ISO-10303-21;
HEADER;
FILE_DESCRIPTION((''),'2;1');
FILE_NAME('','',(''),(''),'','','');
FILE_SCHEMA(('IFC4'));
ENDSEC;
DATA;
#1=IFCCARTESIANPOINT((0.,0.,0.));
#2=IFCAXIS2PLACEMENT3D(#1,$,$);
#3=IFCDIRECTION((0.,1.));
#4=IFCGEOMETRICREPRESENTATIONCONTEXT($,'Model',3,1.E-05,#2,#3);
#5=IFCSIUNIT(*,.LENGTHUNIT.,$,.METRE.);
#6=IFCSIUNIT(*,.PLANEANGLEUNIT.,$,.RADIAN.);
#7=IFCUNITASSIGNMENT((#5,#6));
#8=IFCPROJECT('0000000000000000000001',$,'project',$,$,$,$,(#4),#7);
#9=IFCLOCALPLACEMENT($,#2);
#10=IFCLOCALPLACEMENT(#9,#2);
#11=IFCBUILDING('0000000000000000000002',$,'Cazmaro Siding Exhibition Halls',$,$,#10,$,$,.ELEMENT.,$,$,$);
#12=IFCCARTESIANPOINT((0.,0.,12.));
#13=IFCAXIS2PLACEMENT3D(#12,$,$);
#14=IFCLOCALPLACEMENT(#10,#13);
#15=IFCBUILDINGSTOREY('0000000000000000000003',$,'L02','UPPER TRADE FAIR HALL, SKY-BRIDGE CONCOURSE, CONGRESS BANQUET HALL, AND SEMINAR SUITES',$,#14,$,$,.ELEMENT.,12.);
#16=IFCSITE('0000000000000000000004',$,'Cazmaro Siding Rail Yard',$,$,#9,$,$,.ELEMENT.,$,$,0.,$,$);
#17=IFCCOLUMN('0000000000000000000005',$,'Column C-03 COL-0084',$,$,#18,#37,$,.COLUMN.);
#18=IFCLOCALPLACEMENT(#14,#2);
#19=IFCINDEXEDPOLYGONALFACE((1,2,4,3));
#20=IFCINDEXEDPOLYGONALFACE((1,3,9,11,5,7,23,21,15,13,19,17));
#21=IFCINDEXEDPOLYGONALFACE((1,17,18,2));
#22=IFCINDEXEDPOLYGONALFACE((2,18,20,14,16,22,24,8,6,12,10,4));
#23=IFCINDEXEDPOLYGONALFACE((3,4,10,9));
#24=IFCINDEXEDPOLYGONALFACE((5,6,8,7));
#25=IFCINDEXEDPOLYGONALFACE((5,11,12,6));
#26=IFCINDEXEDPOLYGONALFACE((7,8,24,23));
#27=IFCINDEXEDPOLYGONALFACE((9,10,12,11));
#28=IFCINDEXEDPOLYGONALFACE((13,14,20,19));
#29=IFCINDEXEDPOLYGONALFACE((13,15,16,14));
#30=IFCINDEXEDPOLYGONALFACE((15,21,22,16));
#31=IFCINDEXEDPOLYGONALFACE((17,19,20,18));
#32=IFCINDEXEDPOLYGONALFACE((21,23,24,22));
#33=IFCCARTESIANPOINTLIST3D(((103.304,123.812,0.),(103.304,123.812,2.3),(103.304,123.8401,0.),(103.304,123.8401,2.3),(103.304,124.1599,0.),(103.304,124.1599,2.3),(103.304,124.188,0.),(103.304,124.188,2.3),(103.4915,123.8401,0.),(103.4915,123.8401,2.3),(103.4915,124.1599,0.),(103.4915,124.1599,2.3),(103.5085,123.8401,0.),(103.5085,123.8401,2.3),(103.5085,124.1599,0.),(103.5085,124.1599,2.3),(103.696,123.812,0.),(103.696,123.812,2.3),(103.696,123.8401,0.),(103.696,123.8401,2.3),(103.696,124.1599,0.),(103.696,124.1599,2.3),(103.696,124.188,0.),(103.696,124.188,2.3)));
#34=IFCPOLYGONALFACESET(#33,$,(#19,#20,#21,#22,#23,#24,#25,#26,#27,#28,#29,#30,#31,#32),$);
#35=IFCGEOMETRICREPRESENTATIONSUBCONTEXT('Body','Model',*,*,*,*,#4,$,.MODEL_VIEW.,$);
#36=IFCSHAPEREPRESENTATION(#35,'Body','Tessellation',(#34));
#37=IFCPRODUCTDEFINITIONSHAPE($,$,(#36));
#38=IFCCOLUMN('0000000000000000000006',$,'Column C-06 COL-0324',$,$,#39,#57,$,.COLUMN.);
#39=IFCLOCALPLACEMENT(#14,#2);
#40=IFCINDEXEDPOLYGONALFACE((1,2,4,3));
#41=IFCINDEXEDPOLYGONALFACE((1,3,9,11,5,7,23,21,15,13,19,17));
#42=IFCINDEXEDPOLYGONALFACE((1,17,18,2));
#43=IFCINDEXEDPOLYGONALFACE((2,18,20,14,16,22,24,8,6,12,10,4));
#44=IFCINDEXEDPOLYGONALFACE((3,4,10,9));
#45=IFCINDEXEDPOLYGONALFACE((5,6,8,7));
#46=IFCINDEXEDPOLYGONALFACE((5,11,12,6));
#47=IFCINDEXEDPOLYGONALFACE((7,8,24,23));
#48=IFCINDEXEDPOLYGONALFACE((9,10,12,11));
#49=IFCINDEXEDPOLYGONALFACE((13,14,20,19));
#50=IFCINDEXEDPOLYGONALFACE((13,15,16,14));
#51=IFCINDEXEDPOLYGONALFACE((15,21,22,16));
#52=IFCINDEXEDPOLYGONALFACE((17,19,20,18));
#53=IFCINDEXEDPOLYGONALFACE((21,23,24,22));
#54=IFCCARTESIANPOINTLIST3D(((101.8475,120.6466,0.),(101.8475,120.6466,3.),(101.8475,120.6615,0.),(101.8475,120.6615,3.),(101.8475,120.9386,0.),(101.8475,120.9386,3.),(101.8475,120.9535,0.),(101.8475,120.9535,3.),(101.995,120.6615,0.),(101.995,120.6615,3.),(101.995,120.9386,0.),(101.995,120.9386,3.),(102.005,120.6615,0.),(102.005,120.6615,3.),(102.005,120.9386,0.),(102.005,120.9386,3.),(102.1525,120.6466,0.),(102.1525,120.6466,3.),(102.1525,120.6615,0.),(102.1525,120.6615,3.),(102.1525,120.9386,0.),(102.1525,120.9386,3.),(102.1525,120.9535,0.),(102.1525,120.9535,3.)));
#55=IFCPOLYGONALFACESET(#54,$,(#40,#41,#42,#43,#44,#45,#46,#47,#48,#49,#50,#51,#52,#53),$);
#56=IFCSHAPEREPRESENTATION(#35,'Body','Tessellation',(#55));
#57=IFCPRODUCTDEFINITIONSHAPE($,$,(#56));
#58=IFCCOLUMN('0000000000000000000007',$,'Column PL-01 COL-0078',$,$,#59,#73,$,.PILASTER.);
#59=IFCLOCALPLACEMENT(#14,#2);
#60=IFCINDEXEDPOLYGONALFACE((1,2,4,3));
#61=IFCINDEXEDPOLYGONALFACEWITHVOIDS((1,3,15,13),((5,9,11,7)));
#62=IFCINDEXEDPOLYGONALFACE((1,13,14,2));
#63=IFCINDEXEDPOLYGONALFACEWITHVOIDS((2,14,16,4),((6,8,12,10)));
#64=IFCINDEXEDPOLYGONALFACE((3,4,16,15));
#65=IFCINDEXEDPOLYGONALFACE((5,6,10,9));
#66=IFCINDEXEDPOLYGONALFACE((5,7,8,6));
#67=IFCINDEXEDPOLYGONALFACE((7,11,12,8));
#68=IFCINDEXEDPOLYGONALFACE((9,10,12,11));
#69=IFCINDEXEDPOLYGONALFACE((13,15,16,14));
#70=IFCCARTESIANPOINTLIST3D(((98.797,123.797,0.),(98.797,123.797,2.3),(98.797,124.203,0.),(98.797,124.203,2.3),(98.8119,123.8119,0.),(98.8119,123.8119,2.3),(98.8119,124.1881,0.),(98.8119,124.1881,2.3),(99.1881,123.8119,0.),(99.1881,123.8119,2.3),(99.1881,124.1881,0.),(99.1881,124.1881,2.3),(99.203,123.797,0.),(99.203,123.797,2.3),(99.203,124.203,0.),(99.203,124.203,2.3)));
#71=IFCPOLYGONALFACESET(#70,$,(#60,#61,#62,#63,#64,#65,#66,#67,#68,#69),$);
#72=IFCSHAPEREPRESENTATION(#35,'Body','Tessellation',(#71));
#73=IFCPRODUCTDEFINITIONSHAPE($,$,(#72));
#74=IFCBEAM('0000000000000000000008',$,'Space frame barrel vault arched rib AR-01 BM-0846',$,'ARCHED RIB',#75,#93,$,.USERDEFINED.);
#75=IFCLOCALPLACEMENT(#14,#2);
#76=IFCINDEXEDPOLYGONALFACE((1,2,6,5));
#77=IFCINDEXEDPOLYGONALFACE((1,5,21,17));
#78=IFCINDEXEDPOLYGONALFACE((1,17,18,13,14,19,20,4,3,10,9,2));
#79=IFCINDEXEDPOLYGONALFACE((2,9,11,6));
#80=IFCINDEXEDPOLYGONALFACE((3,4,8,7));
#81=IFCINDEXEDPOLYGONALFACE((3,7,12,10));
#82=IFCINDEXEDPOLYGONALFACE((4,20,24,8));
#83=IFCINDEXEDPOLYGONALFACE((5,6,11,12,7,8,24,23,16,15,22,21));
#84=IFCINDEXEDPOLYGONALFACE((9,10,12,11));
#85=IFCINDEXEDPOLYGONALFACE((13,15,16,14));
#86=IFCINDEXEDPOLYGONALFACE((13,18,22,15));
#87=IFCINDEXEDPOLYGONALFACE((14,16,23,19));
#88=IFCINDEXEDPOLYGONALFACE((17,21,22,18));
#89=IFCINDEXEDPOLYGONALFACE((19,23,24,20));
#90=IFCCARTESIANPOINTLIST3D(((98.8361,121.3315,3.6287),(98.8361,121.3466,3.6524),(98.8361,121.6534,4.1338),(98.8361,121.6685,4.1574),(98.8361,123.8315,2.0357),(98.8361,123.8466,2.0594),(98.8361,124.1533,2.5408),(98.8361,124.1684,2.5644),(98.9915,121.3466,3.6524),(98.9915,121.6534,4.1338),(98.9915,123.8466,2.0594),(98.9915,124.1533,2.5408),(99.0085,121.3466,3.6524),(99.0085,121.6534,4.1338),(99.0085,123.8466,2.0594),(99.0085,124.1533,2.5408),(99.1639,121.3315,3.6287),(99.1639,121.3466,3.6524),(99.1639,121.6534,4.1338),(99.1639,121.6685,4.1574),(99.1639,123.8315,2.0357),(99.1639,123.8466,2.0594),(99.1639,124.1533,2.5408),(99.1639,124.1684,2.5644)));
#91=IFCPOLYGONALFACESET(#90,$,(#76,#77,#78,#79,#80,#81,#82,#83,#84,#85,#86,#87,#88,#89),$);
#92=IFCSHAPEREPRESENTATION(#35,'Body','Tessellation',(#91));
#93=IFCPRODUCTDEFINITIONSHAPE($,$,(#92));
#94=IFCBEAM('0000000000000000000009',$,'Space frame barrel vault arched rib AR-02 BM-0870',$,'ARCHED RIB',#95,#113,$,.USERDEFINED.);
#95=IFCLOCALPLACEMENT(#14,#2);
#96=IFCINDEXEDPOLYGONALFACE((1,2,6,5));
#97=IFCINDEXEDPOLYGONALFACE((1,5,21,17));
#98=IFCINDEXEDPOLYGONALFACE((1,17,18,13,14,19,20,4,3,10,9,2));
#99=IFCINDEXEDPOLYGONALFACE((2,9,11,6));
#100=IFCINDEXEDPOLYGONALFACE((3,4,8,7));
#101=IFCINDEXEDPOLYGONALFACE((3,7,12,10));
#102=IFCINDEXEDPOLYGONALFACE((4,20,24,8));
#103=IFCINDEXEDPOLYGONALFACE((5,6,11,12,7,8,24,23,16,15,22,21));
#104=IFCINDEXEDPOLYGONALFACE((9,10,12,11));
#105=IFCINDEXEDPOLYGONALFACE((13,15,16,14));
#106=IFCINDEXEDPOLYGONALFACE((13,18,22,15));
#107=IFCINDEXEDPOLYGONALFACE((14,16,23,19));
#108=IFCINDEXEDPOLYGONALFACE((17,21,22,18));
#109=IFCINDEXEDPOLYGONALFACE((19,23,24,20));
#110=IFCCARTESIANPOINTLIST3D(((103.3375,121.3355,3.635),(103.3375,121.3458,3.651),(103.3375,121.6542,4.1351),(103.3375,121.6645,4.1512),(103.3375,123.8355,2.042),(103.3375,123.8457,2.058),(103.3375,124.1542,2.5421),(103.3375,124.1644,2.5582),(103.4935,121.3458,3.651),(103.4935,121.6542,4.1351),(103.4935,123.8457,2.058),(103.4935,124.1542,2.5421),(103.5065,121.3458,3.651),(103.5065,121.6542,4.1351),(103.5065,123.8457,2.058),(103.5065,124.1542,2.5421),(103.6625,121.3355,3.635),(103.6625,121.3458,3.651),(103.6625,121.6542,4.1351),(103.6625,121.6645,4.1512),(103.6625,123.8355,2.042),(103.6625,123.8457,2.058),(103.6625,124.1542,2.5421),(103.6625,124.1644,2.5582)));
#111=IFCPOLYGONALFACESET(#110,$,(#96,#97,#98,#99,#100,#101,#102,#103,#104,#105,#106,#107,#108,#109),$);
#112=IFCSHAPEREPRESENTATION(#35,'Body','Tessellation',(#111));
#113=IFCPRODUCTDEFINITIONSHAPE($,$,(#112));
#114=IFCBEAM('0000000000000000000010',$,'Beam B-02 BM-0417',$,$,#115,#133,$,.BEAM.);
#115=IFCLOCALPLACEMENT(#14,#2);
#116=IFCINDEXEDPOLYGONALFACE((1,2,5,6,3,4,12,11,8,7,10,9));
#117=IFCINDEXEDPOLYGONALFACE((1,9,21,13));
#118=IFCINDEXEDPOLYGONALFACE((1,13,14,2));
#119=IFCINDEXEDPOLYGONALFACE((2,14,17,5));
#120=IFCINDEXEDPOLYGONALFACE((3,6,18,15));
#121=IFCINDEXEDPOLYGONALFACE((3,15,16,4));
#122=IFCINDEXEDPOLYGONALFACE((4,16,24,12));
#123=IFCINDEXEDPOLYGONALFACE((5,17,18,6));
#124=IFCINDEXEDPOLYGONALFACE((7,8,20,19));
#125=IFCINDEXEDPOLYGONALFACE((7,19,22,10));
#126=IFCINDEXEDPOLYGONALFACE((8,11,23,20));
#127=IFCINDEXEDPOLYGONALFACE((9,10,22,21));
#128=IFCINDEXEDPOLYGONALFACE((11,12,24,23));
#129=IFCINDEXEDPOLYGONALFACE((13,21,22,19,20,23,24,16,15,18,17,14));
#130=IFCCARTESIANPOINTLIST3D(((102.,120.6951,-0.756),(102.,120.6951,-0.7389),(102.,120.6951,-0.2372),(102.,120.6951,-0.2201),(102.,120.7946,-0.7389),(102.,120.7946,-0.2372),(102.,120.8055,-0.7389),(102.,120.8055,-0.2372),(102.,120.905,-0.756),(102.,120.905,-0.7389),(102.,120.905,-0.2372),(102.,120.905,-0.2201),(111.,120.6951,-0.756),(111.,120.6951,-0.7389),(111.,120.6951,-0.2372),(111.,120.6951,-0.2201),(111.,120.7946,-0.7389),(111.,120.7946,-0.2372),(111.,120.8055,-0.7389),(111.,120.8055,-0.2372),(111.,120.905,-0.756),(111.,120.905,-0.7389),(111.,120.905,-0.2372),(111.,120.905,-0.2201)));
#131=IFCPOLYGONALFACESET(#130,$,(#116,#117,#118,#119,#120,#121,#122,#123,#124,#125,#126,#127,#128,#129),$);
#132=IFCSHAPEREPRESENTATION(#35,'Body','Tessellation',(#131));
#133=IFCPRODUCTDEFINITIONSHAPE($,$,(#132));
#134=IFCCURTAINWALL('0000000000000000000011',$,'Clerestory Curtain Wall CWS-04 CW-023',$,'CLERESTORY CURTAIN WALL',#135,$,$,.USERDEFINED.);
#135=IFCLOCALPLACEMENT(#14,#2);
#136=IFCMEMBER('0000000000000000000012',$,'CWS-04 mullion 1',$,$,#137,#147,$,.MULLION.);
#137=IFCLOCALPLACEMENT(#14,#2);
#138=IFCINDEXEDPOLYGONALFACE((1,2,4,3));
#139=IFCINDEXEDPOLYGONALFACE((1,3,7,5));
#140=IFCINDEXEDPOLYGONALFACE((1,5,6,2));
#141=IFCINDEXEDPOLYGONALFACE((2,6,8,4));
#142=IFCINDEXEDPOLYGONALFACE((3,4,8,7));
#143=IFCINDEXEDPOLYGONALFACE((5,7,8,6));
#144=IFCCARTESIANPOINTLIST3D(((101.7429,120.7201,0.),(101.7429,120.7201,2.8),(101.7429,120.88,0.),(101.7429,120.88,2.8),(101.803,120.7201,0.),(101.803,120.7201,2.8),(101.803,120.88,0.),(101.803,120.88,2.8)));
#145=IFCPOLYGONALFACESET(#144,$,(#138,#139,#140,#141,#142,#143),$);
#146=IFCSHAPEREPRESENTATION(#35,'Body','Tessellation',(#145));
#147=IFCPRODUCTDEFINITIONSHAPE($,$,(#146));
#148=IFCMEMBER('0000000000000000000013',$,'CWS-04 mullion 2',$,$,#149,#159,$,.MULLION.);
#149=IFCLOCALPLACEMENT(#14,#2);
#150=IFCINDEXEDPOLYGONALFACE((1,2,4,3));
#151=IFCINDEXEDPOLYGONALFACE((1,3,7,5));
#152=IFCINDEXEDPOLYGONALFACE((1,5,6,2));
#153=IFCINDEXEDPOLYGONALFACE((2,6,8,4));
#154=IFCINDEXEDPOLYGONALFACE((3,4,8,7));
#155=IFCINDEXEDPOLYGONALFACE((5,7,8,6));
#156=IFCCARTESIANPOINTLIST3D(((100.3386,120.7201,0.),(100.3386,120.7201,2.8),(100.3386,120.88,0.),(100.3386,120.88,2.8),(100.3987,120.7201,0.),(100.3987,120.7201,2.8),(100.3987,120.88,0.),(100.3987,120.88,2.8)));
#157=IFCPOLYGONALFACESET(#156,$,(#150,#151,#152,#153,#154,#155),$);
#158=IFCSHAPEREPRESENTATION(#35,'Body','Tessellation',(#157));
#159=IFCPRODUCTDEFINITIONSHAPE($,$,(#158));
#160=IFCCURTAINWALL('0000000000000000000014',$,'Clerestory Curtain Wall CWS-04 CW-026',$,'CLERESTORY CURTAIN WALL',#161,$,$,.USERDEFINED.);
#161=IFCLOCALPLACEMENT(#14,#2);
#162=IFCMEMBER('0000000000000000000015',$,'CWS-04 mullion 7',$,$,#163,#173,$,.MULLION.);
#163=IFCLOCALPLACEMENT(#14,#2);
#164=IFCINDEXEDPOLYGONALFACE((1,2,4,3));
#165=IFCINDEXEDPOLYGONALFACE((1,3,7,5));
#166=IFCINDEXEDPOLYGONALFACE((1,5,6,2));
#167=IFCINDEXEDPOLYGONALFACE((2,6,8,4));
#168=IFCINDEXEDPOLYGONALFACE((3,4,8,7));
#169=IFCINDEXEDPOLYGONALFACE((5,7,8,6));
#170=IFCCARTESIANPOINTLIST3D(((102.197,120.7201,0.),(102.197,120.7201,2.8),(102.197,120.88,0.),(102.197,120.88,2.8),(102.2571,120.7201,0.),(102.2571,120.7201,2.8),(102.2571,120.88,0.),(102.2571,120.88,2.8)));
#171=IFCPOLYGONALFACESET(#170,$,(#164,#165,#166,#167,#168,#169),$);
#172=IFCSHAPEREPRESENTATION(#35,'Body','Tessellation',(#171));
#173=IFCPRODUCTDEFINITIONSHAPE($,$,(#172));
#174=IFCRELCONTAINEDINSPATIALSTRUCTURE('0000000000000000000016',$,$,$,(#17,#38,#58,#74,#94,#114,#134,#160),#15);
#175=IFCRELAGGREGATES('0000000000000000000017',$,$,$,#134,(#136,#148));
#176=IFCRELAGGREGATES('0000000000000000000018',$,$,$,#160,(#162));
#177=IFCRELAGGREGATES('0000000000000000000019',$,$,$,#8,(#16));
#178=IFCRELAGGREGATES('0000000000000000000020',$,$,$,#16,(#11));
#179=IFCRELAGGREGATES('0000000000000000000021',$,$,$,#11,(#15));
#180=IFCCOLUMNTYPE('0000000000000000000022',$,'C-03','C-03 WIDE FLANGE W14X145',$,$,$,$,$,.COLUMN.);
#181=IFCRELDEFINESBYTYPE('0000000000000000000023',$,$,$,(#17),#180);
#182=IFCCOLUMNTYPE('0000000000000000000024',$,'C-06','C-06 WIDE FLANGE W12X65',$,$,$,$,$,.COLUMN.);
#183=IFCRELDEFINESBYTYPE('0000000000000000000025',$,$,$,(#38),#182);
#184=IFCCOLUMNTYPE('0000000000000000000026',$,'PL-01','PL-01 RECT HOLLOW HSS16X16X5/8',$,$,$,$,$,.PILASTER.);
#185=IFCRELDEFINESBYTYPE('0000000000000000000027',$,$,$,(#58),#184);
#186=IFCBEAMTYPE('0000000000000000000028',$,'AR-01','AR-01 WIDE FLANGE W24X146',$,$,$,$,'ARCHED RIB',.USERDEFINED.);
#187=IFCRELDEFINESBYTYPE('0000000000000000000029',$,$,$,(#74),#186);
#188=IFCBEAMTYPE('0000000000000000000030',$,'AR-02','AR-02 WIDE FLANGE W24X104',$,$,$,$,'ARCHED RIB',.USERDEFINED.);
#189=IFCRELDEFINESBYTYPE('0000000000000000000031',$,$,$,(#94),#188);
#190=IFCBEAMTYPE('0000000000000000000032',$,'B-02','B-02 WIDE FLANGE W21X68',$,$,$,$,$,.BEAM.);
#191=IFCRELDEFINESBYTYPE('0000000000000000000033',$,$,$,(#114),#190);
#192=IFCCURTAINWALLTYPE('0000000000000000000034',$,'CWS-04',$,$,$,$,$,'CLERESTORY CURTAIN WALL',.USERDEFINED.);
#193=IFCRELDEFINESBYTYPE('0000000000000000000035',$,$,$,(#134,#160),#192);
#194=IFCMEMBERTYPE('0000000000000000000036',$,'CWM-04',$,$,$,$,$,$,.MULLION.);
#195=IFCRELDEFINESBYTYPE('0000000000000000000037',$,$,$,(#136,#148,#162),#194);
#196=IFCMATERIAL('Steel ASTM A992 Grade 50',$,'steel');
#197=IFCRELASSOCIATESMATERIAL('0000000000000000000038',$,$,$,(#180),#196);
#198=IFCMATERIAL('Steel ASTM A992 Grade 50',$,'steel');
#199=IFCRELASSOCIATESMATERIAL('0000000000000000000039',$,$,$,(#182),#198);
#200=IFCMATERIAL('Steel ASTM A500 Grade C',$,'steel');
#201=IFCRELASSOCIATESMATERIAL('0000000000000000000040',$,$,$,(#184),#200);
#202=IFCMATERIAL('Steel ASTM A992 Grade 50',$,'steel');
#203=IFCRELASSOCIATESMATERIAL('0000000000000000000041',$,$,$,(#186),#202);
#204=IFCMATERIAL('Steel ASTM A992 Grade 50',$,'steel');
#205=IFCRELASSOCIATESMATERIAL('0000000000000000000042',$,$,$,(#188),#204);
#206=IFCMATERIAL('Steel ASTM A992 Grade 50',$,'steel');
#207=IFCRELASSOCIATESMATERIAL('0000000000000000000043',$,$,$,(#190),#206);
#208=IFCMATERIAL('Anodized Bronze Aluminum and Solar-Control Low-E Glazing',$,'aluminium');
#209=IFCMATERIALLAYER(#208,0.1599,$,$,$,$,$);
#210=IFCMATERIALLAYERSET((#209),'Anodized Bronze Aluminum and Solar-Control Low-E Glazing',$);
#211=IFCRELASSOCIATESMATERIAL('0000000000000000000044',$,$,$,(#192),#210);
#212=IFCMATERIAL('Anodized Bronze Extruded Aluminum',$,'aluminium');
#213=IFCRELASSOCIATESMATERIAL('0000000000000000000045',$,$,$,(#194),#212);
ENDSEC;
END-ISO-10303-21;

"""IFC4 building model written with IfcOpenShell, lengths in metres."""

from ifc_helpers import new_model, si_unit, direction, frame, origin, origin_2d, place, context, subcontext, project, spatial, rectangle, hollow_rectangle, i_section, extrude, material, layer, layer_set, material_profile, profile_set, type_object, element, aggregate, save


model = new_model("IFC4")

# Units and contexts
model_context = context("Model", 3, precision=1e-05, world=origin(), true_north=direction((0.0, 1.0)))
body_context = subcontext(model_context, "Body", "Model", "MODEL_VIEW")
ifc_project = project(units=[si_unit("LENGTHUNIT", "METRE"), si_unit("PLANEANGLEUNIT", "RADIAN")], contexts=[model_context])

# Site, building, storey
site_placement = place(None, origin())
site = spatial("IfcSite", under=ifc_project, at=site_placement, Name="Cazmaro Siding Rail Yard", CompositionType="ELEMENT", RefElevation=0.0)
building_placement = place(site_placement, origin())
building = spatial("IfcBuilding", under=site, at=building_placement, Name="Cazmaro Siding Exhibition Halls", CompositionType="ELEMENT")
storey_placement = place(building_placement, frame((0.0, 0.0, 12.0)))
storey = spatial("IfcBuildingStorey", under=building, at=storey_placement, Name="L02", Description="UPPER TRADE FAIR HALL, SKY-BRIDGE CONCOURSE, CONGRESS BANQUET HALL, AND SEMINAR SUITES", CompositionType="ELEMENT", Elevation=12.0)

# Columns
ifc_material_1 = material(Name="Steel ASTM A992 Grade 50", Category="steel")
ifc_material_profile_1 = material_profile(ifc_material_1, i_section(OverallWidth=0.3921, OverallDepth=0.376, WebThickness=0.0171, FlangeThickness=0.0281, at=origin_2d()), Name="W14X145")
ifc_profile_set_1 = profile_set([ifc_material_profile_1], Name="Steel ASTM A992 Grade 50")
column_type_1 = type_object("IfcColumnType", Name="C-03", Description="C-03 WIDE FLANGE W14X145", PredefinedType="COLUMN", material=ifc_profile_set_1)
column_1_placement = place(storey_placement, frame((103.5, 124.0, 0.0), z_axis=(0.0, 0.0, 1.0), x_axis=(1.0, 0.0, 0.0)))
element("IfcColumn", 1, at=column_1_placement, inside=storey, type_object=column_type_1, Name="Column C-03 COL-0084", PredefinedType="COLUMN", context=body_context, shape_type="SweptSolid", body=[
    extrude(i_section(OverallWidth=0.3921, OverallDepth=0.376, WebThickness=0.0171, FlangeThickness=0.0281, at=origin_2d()), origin(), (0.0, 0.0, 1.0), 2.3),
])
ifc_material_2 = material(Name="Steel ASTM A992 Grade 50", Category="steel")
ifc_material_profile_2 = material_profile(ifc_material_2, i_section(OverallWidth=0.3049, OverallDepth=0.3069, WebThickness=0.01, FlangeThickness=0.0149, at=origin_2d()), Name="W12X65")
ifc_profile_set_2 = profile_set([ifc_material_profile_2], Name="Steel ASTM A992 Grade 50")
column_type_2 = type_object("IfcColumnType", Name="C-06", Description="C-06 WIDE FLANGE W12X65", PredefinedType="COLUMN", material=ifc_profile_set_2)
column_2_placement = place(storey_placement, frame((102.0, 120.8, 0.0), z_axis=(0.0, 0.0, 1.0), x_axis=(1.0, 0.0, 0.0)))
element("IfcColumn", 2, at=column_2_placement, inside=storey, type_object=column_type_2, Name="Column C-06 COL-0324", PredefinedType="COLUMN", context=body_context, shape_type="SweptSolid", body=[
    extrude(i_section(OverallWidth=0.3049, OverallDepth=0.3069, WebThickness=0.01, FlangeThickness=0.0149, at=origin_2d()), origin(), (0.0, 0.0, 1.0), 3.0),
])
ifc_material_3 = material(Name="Steel ASTM A500 Grade C", Category="steel")
ifc_material_profile_3 = material_profile(ifc_material_3, hollow_rectangle(XDim=0.406, YDim=0.406, WallThickness=0.0149, at=origin_2d()), Name="HSS16X16X5/8")
ifc_profile_set_3 = profile_set([ifc_material_profile_3], Name="Steel ASTM A500 Grade C")
column_type_3 = type_object("IfcColumnType", Name="PL-01", Description="PL-01 RECT HOLLOW HSS16X16X5/8", PredefinedType="PILASTER", material=ifc_profile_set_3)
column_3_placement = place(storey_placement, frame((99.0, 124.0, 0.0), z_axis=(0.0, 0.0, 1.0), x_axis=(1.0, 0.0, 0.0)))
element("IfcColumn", 3, at=column_3_placement, inside=storey, type_object=column_type_3, Name="Column PL-01 COL-0078", PredefinedType="PILASTER", context=body_context, shape_type="SweptSolid", body=[
    extrude(hollow_rectangle(XDim=0.406, YDim=0.406, WallThickness=0.0149, at=origin_2d()), origin(), (0.0, 0.0, 1.0), 2.3),
])

# Beams
ifc_material_4 = material(Name="Steel ASTM A992 Grade 50", Category="steel")
ifc_material_profile_4 = material_profile(ifc_material_4, i_section(OverallWidth=0.3279, OverallDepth=0.627, WebThickness=0.0171, FlangeThickness=0.0281, at=origin_2d()), Name="W24X146")
ifc_profile_set_4 = profile_set([ifc_material_profile_4], Name="Steel ASTM A992 Grade 50")
beam_type_1 = type_object("IfcBeamType", Name="AR-01", Description="AR-01 WIDE FLANGE W24X146", ElementType="ARCHED RIB", PredefinedType="USERDEFINED", material=ifc_profile_set_4)
beam_1_placement = place(storey_placement, frame((99.0, 121.5, 3.8931), z_axis=(0.0, 0.843339, -0.537382), x_axis=(-1.0, 0.0, 0.0)))
element("IfcBeam", 4, at=beam_1_placement, inside=storey, type_object=beam_type_1, Name="Space frame barrel vault arched rib AR-01 BM-0846", ObjectType="ARCHED RIB", PredefinedType="USERDEFINED", context=body_context, shape_type="SweptSolid", body=[
    extrude(i_section(OverallWidth=0.3279, OverallDepth=0.627, WebThickness=0.0171, FlangeThickness=0.0281, at=origin_2d()), origin(), (0.0, 0.0, 1.0), 2.9644),
])
ifc_material_5 = material(Name="Steel ASTM A992 Grade 50", Category="steel")
ifc_material_profile_5 = material_profile(ifc_material_5, i_section(OverallWidth=0.325, OverallDepth=0.6121, WebThickness=0.0129, FlangeThickness=0.019, at=origin_2d()), Name="W24X104")
ifc_profile_set_5 = profile_set([ifc_material_profile_5], Name="Steel ASTM A992 Grade 50")
beam_type_2 = type_object("IfcBeamType", Name="AR-02", Description="AR-02 WIDE FLANGE W24X104", ElementType="ARCHED RIB", PredefinedType="USERDEFINED", material=ifc_profile_set_5)
beam_2_placement = place(storey_placement, frame((103.5, 121.5, 3.8931), z_axis=(0.0, 0.843339, -0.537382), x_axis=(-1.0, 0.0, 0.0)))
element("IfcBeam", 5, at=beam_2_placement, inside=storey, type_object=beam_type_2, Name="Space frame barrel vault arched rib AR-02 BM-0870", ObjectType="ARCHED RIB", PredefinedType="USERDEFINED", context=body_context, shape_type="SweptSolid", body=[
    extrude(i_section(OverallWidth=0.325, OverallDepth=0.6121, WebThickness=0.0129, FlangeThickness=0.019, at=origin_2d()), origin(), (0.0, 0.0, 1.0), 2.9644),
])
ifc_material_6 = material(Name="Steel ASTM A992 Grade 50", Category="steel")
ifc_material_profile_6 = material_profile(ifc_material_6, i_section(OverallWidth=0.21, OverallDepth=0.5359, WebThickness=0.011, FlangeThickness=0.0171, at=origin_2d()), Name="W21X68")
ifc_profile_set_6 = profile_set([ifc_material_profile_6], Name="Steel ASTM A992 Grade 50")
beam_type_3 = type_object("IfcBeamType", Name="B-02", Description="B-02 WIDE FLANGE W21X68", PredefinedType="BEAM", material=ifc_profile_set_6)
beam_3_placement = place(storey_placement, frame((102.0, 120.8, -0.488), z_axis=(1.0, 0.0, 0.0), x_axis=(0.0, 1.0, 0.0)))
element("IfcBeam", 6, at=beam_3_placement, inside=storey, type_object=beam_type_3, Name="Beam B-02 BM-0417", PredefinedType="BEAM", context=body_context, shape_type="SweptSolid", body=[
    extrude(i_section(OverallWidth=0.21, OverallDepth=0.5359, WebThickness=0.011, FlangeThickness=0.0171, at=origin_2d()), origin(), (0.0, 0.0, 1.0), 9.0),
])

# Curtain wall, members
ifc_material_7 = material(Name="Anodized Bronze Aluminum and Solar-Control Low-E Glazing", Category="aluminium")
ifc_layer_1 = layer(ifc_material_7, 0.1599)
ifc_layer_set_1 = layer_set([ifc_layer_1], Name="Anodized Bronze Aluminum and Solar-Control Low-E Glazing")
curtain_wall_type = type_object("IfcCurtainWallType", Name="CWS-04", ElementType="CLERESTORY CURTAIN WALL", PredefinedType="USERDEFINED", material=ifc_layer_set_1)
curtain_wall_1_placement = place(storey_placement, origin())
curtain_wall_1 = element("IfcCurtainWall", 7, at=curtain_wall_1_placement, inside=storey, type_object=curtain_wall_type, Name="Clerestory Curtain Wall CWS-04 CW-023", ObjectType="CLERESTORY CURTAIN WALL", PredefinedType="USERDEFINED")
ifc_material_8 = material(Name="Anodized Bronze Extruded Aluminum", Category="aluminium")
ifc_material_profile_7 = material_profile(ifc_material_8, rectangle(XDim=0.1599, YDim=0.0601, at=origin_2d()), Name="CWM-04")
ifc_profile_set_7 = profile_set([ifc_material_profile_7], Name="Anodized Bronze Extruded Aluminum")
member_type_1 = type_object("IfcMemberType", Name="CWM-04", PredefinedType="MULLION", material=ifc_profile_set_7)
member_1_placement = place(storey_placement, frame((101.7729, 120.8, 0.0), z_axis=(0.0, 0.0, 1.0), x_axis=(0.0, -1.0, 0.0)))
member_1 = element("IfcMember", 8, at=member_1_placement, type_object=member_type_1, Name="CWS-04 mullion 1", PredefinedType="MULLION", context=body_context, shape_type="SweptSolid", body=[
    extrude(rectangle(XDim=0.1599, YDim=0.0601, at=origin_2d()), origin(), (0.0, 0.0, 1.0), 2.8),
])
member_2_placement = place(storey_placement, frame((100.3687, 120.8, 0.0), z_axis=(0.0, 0.0, 1.0), x_axis=(0.0, -1.0, 0.0)))
member_2 = element("IfcMember", 9, at=member_2_placement, type_object=member_type_1, Name="CWS-04 mullion 2", PredefinedType="MULLION", context=body_context, shape_type="SweptSolid", body=[
    extrude(rectangle(XDim=0.1599, YDim=0.0601, at=origin_2d()), origin(), (0.0, 0.0, 1.0), 2.8),
])

# Curtain wall, member
curtain_wall_2_placement = place(storey_placement, origin())
curtain_wall_2 = element("IfcCurtainWall", 10, at=curtain_wall_2_placement, inside=storey, type_object=curtain_wall_type, Name="Clerestory Curtain Wall CWS-04 CW-026", ObjectType="CLERESTORY CURTAIN WALL", PredefinedType="USERDEFINED")
member_3_placement = place(storey_placement, frame((102.2271, 120.8, 0.0), z_axis=(0.0, 0.0, 1.0), x_axis=(0.0, -1.0, 0.0)))
member_3 = element("IfcMember", 11, at=member_3_placement, type_object=member_type_1, Name="CWS-04 mullion 7", PredefinedType="MULLION", context=body_context, shape_type="SweptSolid", body=[
    extrude(rectangle(XDim=0.1599, YDim=0.0601, at=origin_2d()), origin(), (0.0, 0.0, 1.0), 2.8),
])

aggregate(curtain_wall_1, [member_1, member_2])
aggregate(curtain_wall_2, [member_3])

save(model, "model.ifc")
